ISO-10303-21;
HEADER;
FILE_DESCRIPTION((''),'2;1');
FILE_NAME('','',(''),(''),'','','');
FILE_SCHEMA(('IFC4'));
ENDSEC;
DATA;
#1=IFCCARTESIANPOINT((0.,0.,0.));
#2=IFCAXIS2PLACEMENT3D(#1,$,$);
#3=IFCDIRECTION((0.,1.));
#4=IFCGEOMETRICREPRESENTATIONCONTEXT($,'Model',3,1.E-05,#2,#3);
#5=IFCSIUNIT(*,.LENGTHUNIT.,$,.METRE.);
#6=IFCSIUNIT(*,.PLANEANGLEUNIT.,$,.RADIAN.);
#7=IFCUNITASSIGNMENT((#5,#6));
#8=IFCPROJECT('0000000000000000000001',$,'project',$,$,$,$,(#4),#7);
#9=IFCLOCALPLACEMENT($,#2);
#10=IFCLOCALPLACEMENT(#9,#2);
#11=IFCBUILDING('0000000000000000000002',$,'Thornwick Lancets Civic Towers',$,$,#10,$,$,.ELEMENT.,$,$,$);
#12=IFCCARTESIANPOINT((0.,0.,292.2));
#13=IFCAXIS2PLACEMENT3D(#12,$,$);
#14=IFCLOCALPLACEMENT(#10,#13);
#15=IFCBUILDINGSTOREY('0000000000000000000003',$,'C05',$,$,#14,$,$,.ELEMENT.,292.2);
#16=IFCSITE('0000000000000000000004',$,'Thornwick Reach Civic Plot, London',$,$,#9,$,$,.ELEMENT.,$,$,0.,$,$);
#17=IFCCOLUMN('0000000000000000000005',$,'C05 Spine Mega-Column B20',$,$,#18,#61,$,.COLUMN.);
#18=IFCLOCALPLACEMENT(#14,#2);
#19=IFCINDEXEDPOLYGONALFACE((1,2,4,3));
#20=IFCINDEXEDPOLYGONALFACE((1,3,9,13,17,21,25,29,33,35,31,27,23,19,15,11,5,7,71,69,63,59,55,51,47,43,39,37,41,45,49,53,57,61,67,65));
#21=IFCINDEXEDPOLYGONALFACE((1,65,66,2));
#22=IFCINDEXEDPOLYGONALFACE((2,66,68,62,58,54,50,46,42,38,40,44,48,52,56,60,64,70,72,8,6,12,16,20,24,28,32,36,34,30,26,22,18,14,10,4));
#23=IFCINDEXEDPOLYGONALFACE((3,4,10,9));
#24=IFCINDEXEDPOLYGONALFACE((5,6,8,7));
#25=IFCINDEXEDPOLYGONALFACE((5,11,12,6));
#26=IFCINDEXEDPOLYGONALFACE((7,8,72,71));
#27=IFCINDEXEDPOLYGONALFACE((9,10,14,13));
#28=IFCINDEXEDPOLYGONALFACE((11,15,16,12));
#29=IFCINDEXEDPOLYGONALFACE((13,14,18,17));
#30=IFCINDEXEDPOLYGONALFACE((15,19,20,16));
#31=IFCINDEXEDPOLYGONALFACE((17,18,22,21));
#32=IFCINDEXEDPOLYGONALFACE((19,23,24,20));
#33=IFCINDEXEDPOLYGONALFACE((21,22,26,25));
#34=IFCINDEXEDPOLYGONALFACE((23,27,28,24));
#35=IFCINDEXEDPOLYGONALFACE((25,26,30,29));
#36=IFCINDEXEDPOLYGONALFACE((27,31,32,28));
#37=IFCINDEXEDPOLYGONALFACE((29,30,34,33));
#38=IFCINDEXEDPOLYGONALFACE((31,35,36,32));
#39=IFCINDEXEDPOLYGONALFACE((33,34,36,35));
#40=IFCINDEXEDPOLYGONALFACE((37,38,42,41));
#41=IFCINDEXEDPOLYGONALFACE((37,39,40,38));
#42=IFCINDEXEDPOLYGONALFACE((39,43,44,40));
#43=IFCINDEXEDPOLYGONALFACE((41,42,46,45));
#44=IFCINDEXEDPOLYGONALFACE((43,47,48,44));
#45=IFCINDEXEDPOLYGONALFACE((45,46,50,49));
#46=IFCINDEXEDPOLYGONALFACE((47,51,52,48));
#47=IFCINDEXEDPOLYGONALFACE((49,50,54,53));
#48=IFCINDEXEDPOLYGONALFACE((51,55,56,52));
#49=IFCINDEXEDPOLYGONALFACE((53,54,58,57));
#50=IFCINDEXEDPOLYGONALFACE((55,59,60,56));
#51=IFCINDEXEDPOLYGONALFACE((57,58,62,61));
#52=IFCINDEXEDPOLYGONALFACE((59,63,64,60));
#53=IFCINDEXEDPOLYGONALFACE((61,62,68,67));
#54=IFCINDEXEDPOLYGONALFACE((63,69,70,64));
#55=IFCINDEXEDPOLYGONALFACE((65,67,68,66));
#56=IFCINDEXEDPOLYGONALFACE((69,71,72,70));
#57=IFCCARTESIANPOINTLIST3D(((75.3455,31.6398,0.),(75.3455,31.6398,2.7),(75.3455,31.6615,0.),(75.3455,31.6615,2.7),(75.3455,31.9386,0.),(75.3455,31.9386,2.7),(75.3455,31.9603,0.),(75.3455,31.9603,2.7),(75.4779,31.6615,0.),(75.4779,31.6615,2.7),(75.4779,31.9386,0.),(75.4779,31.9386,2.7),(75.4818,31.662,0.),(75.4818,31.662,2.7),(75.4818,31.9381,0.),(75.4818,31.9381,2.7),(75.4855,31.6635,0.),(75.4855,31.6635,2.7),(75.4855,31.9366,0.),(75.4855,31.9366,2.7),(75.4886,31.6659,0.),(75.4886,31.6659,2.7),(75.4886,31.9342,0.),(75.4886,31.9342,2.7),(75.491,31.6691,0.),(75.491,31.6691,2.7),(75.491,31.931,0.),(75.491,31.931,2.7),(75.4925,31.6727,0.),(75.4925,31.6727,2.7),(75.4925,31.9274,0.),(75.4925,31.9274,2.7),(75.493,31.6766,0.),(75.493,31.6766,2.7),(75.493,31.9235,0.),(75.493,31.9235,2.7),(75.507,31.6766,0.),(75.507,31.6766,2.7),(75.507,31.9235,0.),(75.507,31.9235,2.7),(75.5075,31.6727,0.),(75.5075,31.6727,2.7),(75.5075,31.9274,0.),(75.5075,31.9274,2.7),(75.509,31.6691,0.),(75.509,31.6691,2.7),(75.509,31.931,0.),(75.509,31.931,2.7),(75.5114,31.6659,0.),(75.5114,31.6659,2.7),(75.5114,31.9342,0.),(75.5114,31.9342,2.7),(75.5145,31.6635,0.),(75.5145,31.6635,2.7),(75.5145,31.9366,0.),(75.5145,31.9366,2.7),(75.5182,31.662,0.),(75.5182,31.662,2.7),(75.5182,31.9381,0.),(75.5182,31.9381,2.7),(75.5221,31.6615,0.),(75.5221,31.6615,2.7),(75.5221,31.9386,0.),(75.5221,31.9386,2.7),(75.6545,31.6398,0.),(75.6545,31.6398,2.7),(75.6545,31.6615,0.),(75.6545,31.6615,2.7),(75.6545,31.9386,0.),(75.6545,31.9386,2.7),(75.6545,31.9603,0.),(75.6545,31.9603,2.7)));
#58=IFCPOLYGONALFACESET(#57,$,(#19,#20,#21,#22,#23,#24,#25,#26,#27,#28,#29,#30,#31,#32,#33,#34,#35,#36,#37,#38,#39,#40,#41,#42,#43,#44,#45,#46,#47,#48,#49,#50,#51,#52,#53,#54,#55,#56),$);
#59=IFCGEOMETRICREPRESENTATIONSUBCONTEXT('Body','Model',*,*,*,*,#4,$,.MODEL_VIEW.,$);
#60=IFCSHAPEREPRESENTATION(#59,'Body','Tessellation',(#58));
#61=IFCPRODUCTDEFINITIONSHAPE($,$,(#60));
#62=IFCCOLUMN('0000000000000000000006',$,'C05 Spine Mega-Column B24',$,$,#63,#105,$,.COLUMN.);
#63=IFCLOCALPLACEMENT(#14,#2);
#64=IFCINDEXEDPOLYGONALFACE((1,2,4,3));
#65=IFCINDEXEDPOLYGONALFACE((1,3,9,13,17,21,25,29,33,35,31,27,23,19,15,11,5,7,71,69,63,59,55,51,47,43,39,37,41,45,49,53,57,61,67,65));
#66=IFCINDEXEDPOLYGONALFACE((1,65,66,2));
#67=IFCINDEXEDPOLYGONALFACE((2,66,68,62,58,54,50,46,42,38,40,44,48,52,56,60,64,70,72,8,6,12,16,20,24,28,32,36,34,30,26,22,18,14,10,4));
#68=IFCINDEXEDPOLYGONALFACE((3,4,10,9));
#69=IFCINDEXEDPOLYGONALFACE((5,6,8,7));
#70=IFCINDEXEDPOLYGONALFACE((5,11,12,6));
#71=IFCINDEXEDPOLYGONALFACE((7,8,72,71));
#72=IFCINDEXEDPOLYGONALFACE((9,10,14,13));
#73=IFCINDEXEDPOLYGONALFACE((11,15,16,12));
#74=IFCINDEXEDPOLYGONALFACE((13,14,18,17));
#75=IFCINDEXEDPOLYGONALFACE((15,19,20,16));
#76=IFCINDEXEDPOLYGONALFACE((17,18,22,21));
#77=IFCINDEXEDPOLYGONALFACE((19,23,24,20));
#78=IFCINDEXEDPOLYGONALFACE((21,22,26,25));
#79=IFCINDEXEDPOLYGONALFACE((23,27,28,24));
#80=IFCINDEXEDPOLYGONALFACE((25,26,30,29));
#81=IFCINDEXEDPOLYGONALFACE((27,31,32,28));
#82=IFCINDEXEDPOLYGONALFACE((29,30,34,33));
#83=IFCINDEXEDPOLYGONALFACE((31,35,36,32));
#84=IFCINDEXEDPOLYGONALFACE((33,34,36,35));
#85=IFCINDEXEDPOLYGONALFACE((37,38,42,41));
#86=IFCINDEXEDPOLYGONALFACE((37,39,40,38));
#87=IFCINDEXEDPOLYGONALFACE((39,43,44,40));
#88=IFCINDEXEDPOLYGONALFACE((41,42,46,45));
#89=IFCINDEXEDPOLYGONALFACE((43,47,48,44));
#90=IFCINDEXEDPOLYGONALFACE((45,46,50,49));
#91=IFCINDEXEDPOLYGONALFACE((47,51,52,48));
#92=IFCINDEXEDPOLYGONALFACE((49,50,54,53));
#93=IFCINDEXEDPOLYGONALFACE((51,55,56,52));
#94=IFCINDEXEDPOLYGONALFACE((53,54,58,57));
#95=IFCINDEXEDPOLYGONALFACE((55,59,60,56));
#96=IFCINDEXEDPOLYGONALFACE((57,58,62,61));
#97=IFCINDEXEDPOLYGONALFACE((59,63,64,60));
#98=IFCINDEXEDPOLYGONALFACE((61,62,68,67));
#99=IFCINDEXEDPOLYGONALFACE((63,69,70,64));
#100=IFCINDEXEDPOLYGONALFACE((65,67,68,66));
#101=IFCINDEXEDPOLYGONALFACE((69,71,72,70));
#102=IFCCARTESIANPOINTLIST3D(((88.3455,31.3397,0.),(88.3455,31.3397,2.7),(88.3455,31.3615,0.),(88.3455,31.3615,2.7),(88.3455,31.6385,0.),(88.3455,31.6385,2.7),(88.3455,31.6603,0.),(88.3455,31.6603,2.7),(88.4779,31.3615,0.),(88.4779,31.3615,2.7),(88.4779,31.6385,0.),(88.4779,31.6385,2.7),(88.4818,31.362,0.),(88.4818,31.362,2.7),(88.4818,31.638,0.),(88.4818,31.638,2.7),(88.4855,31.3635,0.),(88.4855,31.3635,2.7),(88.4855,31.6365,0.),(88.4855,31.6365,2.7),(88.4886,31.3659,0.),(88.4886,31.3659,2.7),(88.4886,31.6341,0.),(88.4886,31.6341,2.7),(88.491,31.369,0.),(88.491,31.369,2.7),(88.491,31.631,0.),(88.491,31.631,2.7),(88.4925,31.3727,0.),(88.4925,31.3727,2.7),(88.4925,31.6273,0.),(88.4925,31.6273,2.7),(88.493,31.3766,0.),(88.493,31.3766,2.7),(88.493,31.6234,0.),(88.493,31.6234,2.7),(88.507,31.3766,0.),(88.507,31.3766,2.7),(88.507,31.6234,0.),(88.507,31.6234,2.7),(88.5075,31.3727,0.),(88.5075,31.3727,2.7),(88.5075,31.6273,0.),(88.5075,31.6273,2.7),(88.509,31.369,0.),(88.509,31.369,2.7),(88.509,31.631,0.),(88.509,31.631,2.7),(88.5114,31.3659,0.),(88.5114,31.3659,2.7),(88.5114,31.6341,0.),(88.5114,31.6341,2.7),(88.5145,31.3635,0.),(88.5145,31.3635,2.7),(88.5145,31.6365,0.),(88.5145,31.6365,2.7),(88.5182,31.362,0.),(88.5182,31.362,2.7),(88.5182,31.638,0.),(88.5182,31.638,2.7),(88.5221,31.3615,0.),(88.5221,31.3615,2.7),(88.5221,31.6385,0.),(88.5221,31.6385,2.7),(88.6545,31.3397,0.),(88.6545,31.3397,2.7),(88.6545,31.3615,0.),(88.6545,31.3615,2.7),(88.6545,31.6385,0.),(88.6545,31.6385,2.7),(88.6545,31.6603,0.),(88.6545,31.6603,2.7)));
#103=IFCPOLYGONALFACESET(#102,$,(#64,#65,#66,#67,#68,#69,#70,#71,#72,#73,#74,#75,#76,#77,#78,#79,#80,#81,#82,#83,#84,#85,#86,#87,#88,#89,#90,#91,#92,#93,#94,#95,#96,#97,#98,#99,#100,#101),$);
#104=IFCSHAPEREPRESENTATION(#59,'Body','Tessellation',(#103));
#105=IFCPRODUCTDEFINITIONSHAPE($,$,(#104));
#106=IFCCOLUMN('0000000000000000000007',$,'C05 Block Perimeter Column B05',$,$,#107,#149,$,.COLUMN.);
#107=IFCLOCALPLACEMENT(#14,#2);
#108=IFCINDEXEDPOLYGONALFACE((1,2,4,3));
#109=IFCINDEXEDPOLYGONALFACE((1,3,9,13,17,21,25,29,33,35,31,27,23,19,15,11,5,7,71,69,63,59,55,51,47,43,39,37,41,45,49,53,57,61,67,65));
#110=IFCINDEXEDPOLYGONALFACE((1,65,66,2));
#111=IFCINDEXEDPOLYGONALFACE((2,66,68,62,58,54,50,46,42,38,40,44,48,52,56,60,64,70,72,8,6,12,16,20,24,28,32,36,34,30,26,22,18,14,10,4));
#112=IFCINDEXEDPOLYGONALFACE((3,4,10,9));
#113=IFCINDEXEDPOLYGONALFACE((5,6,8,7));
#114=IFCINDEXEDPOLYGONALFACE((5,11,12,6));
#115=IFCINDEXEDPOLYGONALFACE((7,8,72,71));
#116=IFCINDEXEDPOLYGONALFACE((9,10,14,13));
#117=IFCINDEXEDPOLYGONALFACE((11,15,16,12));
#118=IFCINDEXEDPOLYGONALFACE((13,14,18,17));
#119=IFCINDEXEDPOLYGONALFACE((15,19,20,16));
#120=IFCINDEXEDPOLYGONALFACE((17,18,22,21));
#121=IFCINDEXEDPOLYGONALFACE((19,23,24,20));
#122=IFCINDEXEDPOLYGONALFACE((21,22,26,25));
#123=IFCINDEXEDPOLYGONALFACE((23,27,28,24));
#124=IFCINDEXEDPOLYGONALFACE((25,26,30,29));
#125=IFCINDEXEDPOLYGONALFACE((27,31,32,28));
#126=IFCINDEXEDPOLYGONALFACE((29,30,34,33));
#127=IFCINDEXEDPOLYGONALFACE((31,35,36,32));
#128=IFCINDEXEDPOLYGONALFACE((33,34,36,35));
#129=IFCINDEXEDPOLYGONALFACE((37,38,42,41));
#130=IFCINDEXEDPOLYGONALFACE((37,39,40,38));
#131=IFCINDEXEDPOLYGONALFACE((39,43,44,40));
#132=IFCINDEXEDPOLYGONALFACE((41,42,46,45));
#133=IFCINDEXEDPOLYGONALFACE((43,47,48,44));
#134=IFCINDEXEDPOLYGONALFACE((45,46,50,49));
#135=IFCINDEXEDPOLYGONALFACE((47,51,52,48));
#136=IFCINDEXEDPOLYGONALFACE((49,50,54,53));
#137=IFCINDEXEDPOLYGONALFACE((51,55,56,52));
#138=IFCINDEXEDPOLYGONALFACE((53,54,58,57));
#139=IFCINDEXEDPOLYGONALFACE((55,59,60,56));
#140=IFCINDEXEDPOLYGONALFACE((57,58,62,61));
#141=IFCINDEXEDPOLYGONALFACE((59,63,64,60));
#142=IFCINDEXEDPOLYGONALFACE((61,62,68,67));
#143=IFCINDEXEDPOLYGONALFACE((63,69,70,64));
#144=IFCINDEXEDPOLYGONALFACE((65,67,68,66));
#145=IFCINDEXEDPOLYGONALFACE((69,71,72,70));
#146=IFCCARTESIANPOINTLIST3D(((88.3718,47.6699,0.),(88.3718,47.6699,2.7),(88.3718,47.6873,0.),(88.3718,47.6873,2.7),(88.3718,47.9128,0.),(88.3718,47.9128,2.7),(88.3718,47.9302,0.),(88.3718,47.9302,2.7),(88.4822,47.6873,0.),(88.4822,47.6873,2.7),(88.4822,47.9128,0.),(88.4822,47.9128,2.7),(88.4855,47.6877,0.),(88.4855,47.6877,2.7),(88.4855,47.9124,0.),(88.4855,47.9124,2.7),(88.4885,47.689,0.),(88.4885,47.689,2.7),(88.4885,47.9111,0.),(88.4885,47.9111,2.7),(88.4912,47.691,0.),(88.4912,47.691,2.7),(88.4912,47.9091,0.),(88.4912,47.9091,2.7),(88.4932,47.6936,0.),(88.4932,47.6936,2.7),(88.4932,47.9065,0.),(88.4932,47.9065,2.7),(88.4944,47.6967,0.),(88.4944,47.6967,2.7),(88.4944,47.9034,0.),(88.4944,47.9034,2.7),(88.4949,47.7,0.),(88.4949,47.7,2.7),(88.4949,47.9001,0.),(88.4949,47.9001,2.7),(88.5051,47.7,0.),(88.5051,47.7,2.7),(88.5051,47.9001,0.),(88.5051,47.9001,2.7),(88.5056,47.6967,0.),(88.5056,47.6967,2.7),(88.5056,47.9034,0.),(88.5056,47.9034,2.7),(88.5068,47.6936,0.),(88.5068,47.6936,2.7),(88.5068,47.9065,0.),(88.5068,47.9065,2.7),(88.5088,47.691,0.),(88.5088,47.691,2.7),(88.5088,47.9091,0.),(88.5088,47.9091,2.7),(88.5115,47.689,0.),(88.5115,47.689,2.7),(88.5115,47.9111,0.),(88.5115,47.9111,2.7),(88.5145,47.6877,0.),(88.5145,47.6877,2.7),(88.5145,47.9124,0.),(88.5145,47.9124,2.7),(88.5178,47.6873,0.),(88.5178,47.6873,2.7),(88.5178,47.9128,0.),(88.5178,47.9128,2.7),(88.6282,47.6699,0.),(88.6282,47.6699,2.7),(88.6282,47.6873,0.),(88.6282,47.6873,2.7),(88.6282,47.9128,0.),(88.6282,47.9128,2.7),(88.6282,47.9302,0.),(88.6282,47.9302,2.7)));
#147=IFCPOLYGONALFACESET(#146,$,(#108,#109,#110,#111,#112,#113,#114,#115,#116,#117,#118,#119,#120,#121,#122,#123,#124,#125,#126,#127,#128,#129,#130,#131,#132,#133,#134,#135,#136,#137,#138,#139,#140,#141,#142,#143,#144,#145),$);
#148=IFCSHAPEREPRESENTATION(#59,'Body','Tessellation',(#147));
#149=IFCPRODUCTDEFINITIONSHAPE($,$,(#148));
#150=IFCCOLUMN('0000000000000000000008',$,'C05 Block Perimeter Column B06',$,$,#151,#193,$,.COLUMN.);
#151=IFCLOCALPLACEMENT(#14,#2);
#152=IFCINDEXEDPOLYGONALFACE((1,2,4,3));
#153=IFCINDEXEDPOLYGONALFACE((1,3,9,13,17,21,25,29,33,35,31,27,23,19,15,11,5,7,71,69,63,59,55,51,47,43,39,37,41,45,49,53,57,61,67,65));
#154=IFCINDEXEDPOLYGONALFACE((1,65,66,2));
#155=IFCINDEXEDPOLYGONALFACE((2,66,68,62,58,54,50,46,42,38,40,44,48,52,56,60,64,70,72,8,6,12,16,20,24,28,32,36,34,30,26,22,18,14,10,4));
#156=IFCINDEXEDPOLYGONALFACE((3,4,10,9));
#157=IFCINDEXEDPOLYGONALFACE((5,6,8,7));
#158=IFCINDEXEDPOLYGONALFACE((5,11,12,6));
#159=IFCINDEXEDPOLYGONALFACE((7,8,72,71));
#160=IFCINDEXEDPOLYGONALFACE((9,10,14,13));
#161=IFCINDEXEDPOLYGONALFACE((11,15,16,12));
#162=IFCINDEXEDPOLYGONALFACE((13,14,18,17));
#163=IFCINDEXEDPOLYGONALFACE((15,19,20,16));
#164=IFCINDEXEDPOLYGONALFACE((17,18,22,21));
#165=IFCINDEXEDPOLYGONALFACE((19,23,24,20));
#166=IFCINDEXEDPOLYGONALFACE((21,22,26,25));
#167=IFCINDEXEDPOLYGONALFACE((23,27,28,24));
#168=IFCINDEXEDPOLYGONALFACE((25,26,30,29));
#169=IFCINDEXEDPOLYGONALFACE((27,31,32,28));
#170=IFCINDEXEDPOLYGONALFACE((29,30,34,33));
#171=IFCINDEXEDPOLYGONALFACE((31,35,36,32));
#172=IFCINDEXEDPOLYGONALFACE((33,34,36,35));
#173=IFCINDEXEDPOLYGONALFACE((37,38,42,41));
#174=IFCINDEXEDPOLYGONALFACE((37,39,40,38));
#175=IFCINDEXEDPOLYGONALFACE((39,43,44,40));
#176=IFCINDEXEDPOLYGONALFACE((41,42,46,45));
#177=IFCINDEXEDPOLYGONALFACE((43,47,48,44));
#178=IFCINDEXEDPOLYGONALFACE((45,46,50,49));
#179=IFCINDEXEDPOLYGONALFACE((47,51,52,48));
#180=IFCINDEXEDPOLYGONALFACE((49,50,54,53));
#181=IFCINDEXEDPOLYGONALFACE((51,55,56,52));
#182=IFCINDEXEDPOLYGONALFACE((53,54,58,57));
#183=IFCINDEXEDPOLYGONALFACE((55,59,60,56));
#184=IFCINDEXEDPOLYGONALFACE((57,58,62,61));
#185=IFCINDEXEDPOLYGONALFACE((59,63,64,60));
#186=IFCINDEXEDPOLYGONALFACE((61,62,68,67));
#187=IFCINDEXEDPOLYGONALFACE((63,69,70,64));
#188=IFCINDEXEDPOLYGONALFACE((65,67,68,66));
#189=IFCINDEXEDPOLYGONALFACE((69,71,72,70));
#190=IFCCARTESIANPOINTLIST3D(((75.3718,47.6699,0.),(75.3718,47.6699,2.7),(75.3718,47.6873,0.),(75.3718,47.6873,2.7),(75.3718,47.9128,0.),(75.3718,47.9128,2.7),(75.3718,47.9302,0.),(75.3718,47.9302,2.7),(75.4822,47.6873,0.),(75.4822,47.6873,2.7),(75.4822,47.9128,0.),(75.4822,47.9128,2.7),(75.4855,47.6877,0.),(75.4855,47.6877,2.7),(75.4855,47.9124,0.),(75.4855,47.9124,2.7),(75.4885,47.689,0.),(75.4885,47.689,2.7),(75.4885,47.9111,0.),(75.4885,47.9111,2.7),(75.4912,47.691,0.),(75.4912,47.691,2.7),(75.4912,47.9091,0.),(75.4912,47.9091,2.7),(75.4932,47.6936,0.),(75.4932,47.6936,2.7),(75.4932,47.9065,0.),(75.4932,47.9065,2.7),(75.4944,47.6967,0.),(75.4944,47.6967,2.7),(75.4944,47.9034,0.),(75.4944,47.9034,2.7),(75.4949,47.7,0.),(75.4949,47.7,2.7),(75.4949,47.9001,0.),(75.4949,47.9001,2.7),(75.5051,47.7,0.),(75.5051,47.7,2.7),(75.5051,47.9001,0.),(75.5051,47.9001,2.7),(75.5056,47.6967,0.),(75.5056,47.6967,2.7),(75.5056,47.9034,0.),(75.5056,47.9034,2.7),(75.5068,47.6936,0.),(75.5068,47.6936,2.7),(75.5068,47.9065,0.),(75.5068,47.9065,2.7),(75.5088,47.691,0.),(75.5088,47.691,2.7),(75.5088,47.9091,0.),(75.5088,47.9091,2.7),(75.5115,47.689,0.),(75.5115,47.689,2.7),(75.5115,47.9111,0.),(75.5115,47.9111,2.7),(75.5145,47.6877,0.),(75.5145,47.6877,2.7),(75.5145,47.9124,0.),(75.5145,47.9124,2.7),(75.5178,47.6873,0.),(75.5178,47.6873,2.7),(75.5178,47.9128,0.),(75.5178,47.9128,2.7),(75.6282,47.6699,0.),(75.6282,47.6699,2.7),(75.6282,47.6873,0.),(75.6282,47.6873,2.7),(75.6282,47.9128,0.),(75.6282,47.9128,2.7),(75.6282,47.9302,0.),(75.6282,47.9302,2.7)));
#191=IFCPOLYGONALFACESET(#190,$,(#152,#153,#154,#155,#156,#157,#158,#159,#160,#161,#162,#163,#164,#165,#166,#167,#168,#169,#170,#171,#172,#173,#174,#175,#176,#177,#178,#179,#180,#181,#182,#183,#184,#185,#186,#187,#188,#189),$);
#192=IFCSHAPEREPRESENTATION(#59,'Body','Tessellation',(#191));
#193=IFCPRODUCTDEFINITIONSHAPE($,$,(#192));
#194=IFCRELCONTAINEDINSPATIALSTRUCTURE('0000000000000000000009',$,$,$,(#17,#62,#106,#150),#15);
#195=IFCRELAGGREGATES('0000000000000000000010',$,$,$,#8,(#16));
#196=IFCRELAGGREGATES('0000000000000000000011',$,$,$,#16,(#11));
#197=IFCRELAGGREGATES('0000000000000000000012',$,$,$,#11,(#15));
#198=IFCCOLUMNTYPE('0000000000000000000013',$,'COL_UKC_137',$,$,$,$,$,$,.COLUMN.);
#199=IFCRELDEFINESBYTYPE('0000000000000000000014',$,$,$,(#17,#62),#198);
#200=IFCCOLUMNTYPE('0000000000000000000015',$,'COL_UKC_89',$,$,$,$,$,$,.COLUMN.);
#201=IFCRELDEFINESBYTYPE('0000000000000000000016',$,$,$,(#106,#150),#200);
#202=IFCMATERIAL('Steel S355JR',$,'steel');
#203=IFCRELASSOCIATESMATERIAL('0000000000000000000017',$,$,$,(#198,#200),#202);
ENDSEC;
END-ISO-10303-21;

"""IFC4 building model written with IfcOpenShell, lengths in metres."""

from ifc_helpers import new_model, si_unit, direction, frame, origin, origin_2d, place, context, subcontext, project, spatial, i_section, extrude, material, material_profile, profile_set, type_object, element, save


model = new_model("IFC4")

# Units and contexts
model_context = context("Model", 3, precision=1e-05, world=origin(), true_north=direction((0.0, 1.0)))
body_context = subcontext(model_context, "Body", "Model", "MODEL_VIEW")
ifc_project = project(units=[si_unit("LENGTHUNIT", "METRE"), si_unit("PLANEANGLEUNIT", "RADIAN")], contexts=[model_context])

# Site, building, storey
site_placement = place(None, origin())
site = spatial("IfcSite", under=ifc_project, at=site_placement, Name="Thornwick Reach Civic Plot, London", CompositionType="ELEMENT", RefElevation=0.0)
building_placement = place(site_placement, origin())
building = spatial("IfcBuilding", under=site, at=building_placement, Name="Thornwick Lancets Civic Towers", CompositionType="ELEMENT")
storey_placement = place(building_placement, frame((0.0, 0.0, 292.2)))
storey = spatial("IfcBuildingStorey", under=building, at=storey_placement, Name="C05", CompositionType="ELEMENT", Elevation=292.2)

# Columns
ifc_material_1 = material(Name="Steel S355JR", Category="steel")
ifc_material_profile_1 = material_profile(ifc_material_1, i_section(OverallWidth=0.3091, OverallDepth=0.3206, WebThickness=0.0139, FlangeThickness=0.0217, FilletRadius=0.0151, at=origin_2d()), Name="UKC 305x305x137")
ifc_profile_set_1 = profile_set([ifc_material_profile_1], Name="Steel S355JR")
column_type_1 = type_object("IfcColumnType", Name="COL_UKC_137", PredefinedType="COLUMN", material=ifc_profile_set_1)
for number, where, z_axis, x_axis, name in (
    (1, (75.5, 31.8, 0.0), (0.0, 0.0, 1.0), (1.0, 0.0, 0.0), "C05 Spine Mega-Column B20"),
    (2, (88.5, 31.5, 0.0), (0.0, 0.0, 1.0), (1.0, 0.0, 0.0), "C05 Spine Mega-Column B24"),
):
    element("IfcColumn", number, at=place(storey_placement, frame(where, z_axis=z_axis, x_axis=x_axis)), inside=storey, type_object=column_type_1, Name=name, PredefinedType="COLUMN", context=body_context, shape_type="SweptSolid", body=[
        extrude(i_section(OverallWidth=0.3091, OverallDepth=0.3206, WebThickness=0.0139, FlangeThickness=0.0217, FilletRadius=0.0151, at=origin_2d()), origin(), (0.0, 0.0, 1.0), 2.7),
    ])
ifc_material_profile_2 = material_profile(ifc_material_1, i_section(OverallWidth=0.2563, OverallDepth=0.2603, WebThickness=0.0103, FlangeThickness=0.0173, FilletRadius=0.0127, at=origin_2d()), Name="UKC 254x254x89")
ifc_profile_set_2 = profile_set([ifc_material_profile_2], Name="Steel S355JR")
column_type_2 = type_object("IfcColumnType", Name="COL_UKC_89", PredefinedType="COLUMN", material=ifc_profile_set_2)
for number, where, z_axis, x_axis, name in (
    (3, (88.5, 47.8, 0.0), (0.0, 0.0, 1.0), (1.0, 0.0, 0.0), "C05 Block Perimeter Column B05"),
    (4, (75.5, 47.8, 0.0), (0.0, 0.0, 1.0), (1.0, 0.0, 0.0), "C05 Block Perimeter Column B06"),
):
    element("IfcColumn", number, at=place(storey_placement, frame(where, z_axis=z_axis, x_axis=x_axis)), inside=storey, type_object=column_type_2, Name=name, PredefinedType="COLUMN", context=body_context, shape_type="SweptSolid", body=[
        extrude(i_section(OverallWidth=0.2563, OverallDepth=0.2603, WebThickness=0.0103, FlangeThickness=0.0173, FilletRadius=0.0127, at=origin_2d()), origin(), (0.0, 0.0, 1.0), 2.7),
    ])

save(model, "model.ifc")
